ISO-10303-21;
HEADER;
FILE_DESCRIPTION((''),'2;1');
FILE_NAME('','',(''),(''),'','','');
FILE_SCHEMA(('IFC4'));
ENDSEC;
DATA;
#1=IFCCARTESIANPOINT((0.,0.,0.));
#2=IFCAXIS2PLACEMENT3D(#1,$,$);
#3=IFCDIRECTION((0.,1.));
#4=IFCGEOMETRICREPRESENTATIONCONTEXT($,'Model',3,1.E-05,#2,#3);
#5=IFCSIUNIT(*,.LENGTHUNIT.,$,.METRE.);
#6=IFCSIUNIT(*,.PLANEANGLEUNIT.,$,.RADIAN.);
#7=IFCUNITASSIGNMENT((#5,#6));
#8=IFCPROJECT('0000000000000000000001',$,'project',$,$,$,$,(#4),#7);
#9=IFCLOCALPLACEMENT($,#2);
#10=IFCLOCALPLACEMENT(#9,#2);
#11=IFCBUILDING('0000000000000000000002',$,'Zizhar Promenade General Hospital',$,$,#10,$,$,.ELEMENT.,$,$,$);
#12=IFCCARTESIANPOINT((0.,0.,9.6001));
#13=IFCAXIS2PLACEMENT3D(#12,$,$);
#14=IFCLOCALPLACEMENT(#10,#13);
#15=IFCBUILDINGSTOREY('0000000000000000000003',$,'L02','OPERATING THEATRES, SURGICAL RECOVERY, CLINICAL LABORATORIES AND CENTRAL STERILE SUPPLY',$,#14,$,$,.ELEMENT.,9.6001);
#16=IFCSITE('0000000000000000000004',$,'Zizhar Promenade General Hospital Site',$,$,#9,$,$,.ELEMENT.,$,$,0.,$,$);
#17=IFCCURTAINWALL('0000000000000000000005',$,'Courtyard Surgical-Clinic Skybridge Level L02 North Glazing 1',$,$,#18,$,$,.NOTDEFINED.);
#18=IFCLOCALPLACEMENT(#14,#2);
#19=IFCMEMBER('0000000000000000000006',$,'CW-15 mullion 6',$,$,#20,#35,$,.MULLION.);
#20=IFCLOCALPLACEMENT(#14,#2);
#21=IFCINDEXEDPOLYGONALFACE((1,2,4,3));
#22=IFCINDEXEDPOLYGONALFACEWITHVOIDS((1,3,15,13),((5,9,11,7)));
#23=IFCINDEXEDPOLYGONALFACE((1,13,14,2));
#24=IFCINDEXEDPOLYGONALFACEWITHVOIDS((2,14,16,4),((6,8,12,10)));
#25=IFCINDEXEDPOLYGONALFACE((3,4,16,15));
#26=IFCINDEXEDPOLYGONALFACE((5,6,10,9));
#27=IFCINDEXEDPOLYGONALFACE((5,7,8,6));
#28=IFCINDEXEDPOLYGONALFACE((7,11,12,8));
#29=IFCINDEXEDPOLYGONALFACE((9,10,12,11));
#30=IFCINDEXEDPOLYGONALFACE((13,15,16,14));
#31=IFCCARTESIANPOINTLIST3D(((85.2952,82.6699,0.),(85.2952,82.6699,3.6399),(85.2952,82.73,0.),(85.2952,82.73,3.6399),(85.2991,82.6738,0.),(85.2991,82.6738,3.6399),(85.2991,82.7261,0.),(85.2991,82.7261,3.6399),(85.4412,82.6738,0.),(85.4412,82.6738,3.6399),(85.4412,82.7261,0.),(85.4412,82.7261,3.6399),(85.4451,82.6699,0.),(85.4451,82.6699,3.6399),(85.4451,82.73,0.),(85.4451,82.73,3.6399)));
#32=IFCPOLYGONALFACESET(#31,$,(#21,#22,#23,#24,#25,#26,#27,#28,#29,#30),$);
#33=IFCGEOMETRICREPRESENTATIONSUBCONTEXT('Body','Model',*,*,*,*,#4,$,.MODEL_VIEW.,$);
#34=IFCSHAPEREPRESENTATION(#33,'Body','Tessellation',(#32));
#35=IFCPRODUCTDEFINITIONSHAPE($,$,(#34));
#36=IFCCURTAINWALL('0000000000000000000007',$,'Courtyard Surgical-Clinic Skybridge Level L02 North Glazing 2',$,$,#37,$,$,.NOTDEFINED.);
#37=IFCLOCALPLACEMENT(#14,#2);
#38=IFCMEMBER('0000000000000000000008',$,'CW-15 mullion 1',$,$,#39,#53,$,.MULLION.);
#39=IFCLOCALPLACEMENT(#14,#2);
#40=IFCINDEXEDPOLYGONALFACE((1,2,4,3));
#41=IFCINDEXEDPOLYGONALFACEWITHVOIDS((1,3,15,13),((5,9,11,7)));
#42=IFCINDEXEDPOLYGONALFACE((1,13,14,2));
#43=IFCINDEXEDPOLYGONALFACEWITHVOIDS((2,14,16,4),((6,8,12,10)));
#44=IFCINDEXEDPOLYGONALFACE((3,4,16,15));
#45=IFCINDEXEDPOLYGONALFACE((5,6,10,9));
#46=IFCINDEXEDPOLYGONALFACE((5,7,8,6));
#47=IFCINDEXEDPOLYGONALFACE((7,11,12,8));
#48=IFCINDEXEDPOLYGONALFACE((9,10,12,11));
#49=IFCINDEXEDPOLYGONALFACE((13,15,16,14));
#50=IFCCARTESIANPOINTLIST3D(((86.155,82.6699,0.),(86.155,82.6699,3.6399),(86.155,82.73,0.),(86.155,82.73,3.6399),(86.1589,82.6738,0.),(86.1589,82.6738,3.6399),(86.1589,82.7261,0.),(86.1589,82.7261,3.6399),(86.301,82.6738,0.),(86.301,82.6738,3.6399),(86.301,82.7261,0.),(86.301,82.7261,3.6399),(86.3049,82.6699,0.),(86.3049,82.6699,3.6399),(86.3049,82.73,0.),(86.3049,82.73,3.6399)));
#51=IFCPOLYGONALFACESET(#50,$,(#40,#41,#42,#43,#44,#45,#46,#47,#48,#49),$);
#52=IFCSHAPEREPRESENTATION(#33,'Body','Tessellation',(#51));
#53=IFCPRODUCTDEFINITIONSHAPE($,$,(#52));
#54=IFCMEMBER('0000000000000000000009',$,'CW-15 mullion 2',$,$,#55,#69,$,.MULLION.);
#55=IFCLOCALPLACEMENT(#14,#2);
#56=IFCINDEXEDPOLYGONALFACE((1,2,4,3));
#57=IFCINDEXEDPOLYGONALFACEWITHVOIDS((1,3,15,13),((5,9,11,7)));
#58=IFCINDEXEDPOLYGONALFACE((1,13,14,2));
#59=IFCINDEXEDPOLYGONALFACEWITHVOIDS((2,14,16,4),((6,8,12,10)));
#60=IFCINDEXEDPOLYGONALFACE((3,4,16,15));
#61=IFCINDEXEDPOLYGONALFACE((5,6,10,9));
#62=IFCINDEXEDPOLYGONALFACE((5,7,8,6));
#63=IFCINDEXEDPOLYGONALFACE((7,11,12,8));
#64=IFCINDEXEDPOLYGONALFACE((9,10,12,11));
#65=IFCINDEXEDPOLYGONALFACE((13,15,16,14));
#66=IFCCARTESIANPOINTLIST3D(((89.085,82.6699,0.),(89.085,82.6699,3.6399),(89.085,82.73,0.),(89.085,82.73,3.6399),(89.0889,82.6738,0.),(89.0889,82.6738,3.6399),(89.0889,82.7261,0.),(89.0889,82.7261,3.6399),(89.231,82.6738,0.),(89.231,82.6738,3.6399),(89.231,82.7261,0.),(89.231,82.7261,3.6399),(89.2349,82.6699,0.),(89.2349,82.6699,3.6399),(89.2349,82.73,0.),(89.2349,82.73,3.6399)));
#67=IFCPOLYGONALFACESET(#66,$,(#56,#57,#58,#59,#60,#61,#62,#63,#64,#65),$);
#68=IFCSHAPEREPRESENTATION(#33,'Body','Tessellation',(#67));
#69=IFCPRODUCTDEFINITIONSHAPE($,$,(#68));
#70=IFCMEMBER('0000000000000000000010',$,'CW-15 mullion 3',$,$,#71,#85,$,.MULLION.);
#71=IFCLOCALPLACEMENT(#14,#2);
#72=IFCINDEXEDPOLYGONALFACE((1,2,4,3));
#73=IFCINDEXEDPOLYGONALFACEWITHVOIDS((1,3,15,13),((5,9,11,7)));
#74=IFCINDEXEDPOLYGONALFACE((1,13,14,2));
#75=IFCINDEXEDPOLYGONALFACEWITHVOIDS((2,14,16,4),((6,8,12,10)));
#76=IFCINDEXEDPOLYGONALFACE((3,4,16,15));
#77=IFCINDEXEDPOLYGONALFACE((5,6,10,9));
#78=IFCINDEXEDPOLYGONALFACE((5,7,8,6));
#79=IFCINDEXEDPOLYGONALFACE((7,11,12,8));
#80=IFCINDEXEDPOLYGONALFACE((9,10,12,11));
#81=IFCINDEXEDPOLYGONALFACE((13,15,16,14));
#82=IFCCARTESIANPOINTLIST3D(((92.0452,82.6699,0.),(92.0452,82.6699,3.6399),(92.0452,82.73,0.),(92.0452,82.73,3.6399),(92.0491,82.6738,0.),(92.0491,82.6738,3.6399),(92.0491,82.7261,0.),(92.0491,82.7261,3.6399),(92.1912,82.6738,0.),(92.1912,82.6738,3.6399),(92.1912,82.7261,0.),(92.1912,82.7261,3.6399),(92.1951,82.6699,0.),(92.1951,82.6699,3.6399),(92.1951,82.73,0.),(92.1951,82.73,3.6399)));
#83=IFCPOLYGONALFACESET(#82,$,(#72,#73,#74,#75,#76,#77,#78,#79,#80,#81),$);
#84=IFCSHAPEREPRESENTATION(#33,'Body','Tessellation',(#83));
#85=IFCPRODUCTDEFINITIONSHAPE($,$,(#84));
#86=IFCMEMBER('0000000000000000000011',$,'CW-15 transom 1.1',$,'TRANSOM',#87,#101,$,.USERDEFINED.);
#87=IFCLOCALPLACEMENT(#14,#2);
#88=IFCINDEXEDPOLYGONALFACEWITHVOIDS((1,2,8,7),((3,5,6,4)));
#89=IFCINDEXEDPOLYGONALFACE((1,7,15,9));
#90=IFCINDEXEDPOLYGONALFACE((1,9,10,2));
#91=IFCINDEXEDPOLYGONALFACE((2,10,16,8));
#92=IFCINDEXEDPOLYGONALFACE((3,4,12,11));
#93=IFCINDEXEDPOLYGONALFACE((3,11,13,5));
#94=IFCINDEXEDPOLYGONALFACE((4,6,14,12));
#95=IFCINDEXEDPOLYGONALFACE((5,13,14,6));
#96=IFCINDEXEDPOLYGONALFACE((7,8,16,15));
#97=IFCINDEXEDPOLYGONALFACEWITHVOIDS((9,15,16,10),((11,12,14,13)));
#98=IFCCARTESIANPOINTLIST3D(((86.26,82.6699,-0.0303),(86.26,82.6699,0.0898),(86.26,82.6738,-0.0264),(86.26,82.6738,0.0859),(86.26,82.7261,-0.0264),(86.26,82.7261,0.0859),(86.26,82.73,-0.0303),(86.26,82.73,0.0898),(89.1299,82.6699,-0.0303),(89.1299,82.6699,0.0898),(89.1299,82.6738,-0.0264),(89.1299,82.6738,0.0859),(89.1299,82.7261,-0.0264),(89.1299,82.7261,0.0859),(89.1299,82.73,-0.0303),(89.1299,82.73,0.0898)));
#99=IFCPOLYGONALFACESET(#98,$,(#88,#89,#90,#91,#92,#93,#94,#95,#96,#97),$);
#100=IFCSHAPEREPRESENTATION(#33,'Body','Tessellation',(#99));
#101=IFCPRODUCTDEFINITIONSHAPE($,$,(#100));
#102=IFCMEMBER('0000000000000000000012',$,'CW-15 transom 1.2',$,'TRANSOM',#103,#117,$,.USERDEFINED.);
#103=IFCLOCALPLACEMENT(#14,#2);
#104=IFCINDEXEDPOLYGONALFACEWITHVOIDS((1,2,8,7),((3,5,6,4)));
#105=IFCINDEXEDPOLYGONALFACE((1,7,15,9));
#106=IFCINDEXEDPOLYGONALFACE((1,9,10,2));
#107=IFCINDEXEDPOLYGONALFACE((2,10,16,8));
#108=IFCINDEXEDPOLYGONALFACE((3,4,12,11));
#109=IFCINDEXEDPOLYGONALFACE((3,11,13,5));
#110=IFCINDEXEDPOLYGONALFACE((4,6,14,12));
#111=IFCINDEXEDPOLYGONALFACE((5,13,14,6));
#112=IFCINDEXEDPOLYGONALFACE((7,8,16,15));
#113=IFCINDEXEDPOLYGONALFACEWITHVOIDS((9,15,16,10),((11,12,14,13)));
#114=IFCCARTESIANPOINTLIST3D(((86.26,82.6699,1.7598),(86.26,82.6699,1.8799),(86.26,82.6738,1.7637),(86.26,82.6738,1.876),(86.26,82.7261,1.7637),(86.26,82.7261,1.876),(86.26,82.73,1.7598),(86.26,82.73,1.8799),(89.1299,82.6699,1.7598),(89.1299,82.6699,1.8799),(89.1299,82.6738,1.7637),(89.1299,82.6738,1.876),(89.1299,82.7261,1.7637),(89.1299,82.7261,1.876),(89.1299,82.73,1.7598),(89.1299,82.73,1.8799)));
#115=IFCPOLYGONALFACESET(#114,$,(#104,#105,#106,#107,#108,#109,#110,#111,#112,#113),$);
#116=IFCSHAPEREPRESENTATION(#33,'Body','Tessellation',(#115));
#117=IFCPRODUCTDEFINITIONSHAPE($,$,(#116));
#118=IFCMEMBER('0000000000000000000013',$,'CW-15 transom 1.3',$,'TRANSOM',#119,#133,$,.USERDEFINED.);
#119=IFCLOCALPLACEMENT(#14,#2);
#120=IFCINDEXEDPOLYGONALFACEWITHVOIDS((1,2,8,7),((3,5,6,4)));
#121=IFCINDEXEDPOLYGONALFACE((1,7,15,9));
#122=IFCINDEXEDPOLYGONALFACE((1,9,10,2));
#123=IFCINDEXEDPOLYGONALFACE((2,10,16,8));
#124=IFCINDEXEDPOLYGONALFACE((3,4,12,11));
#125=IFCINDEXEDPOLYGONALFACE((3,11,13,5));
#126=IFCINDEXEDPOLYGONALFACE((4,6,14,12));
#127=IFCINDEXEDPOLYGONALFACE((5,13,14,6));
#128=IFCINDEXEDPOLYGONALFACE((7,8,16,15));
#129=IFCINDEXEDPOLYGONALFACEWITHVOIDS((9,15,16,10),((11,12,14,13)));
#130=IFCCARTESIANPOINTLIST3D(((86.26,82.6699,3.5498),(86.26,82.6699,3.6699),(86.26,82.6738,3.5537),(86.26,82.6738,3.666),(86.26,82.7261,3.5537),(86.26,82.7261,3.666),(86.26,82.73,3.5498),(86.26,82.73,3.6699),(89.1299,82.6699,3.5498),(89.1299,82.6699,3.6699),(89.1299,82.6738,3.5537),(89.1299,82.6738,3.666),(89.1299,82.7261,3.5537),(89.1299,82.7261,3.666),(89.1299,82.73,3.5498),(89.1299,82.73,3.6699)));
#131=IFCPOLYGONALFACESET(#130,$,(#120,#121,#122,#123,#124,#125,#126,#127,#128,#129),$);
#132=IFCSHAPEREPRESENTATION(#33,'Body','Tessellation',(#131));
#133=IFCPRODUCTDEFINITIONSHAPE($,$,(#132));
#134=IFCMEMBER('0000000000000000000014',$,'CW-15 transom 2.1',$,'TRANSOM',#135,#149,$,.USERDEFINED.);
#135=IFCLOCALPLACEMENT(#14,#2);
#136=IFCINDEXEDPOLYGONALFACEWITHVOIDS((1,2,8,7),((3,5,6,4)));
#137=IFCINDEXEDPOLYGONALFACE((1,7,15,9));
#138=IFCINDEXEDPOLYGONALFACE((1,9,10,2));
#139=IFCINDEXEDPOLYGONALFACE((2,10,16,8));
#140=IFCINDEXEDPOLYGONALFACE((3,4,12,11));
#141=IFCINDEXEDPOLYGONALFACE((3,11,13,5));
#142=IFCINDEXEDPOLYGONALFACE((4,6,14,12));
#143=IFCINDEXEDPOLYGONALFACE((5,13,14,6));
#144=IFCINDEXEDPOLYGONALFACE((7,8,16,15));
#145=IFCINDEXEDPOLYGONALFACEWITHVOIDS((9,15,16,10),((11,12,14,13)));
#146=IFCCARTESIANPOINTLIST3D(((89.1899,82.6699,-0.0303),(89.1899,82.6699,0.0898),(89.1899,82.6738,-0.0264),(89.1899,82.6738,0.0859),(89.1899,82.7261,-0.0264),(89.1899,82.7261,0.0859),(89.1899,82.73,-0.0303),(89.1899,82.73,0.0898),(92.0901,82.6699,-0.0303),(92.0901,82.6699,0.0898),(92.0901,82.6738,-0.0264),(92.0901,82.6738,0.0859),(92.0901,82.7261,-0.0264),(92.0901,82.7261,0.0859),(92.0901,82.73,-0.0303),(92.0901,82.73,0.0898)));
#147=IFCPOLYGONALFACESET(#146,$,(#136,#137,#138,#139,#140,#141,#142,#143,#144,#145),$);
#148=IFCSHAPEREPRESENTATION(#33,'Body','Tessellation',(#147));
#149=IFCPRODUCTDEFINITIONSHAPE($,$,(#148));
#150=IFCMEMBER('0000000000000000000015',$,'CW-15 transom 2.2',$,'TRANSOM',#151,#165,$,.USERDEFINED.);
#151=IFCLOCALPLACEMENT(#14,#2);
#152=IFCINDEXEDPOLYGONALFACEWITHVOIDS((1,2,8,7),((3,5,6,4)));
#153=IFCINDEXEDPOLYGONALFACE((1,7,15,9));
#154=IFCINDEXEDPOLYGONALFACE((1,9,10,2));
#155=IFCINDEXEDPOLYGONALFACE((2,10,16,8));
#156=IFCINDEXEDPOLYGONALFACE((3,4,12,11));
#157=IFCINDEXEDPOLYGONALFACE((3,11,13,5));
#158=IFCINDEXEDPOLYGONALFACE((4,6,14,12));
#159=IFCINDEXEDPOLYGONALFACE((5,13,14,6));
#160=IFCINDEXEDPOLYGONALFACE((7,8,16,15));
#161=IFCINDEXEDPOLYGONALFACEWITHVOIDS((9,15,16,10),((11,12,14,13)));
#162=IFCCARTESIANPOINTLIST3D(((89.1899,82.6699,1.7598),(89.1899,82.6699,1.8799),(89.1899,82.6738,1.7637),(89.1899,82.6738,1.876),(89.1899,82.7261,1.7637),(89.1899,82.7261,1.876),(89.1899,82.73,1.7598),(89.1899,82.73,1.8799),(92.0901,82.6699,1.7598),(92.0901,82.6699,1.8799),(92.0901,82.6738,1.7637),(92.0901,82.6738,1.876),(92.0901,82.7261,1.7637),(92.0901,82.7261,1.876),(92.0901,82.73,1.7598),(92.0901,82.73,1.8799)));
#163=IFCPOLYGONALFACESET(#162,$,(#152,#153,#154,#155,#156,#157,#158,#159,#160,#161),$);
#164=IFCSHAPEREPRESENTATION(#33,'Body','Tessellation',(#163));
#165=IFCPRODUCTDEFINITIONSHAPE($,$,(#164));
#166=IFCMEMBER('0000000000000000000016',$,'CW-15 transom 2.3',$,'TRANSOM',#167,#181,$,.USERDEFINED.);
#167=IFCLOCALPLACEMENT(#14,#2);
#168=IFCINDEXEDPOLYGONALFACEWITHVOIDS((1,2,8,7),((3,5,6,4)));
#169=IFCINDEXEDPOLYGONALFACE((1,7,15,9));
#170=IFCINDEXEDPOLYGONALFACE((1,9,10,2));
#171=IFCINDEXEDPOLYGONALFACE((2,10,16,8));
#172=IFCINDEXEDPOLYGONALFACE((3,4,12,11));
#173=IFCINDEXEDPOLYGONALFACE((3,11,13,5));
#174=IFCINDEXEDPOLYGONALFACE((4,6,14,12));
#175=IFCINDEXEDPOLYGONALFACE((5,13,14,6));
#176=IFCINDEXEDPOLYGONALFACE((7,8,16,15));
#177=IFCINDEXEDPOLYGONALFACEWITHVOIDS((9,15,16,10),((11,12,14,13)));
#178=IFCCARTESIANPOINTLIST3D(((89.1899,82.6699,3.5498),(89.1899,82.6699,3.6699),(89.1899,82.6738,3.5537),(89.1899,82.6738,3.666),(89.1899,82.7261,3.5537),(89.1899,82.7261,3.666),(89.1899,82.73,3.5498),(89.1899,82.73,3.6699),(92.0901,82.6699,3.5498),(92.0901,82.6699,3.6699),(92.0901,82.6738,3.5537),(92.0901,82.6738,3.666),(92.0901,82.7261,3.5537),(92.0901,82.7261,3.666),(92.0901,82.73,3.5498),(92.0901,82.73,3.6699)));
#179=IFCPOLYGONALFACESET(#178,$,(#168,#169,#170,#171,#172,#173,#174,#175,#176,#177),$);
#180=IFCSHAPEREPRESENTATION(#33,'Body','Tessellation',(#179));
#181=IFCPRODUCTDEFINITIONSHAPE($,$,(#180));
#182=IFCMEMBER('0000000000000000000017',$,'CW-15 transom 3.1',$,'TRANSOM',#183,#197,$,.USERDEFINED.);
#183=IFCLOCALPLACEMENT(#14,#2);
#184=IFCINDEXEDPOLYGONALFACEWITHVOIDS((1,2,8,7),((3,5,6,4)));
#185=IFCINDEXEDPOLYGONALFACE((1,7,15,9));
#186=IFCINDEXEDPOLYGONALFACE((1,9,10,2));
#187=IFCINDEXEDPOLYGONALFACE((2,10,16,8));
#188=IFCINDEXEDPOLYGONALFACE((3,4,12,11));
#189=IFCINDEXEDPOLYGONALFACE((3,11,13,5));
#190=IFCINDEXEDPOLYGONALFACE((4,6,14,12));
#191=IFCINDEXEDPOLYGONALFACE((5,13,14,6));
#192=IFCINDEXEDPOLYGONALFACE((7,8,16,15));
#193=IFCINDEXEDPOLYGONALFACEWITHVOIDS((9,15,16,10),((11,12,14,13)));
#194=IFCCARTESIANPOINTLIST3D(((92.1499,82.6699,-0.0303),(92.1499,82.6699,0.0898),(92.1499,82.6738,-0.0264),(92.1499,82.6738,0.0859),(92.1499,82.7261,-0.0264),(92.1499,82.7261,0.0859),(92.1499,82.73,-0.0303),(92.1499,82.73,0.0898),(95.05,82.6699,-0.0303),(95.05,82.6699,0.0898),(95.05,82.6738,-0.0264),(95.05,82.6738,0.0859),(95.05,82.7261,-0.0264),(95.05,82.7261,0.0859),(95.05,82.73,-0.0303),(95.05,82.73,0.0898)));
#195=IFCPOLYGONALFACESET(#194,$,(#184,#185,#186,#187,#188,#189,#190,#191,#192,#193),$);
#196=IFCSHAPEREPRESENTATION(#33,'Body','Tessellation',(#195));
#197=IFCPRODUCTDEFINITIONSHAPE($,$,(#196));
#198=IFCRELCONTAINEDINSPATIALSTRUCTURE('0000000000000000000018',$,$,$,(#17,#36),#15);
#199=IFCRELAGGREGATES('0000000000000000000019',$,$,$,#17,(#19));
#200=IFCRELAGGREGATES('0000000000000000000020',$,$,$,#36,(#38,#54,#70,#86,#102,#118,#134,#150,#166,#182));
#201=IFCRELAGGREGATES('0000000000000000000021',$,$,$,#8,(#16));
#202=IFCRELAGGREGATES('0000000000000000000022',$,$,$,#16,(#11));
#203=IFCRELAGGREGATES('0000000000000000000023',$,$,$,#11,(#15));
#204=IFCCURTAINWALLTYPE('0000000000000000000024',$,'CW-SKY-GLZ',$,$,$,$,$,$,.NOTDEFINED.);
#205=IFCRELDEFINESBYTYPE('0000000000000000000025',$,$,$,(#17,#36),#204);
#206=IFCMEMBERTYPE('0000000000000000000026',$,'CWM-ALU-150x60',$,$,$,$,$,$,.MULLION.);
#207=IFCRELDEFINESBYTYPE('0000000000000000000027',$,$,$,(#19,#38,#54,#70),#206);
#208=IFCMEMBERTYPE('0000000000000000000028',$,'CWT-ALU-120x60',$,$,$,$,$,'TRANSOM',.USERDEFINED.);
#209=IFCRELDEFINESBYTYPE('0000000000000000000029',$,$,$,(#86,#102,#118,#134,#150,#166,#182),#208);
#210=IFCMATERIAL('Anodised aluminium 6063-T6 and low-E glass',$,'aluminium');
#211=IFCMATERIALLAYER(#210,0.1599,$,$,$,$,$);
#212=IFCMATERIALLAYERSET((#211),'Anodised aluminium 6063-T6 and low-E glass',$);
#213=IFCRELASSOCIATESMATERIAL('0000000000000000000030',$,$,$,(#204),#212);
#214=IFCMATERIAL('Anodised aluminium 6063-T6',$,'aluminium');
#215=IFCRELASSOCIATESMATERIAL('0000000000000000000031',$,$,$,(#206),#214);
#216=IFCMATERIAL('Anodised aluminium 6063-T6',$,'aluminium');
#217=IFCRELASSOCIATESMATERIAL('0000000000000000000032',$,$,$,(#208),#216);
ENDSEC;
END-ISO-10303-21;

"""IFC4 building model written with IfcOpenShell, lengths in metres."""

from ifc_helpers import new_model, si_unit, direction, frame, origin, origin_2d, place, context, subcontext, project, spatial, hollow_rectangle, extrude, material, layer, layer_set, material_profile, profile_set, type_object, element, aggregate, save


model = new_model("IFC4")

# Units and contexts
model_context = context("Model", 3, precision=1e-05, world=origin(), true_north=direction((0.0, 1.0)))
body_context = subcontext(model_context, "Body", "Model", "MODEL_VIEW")
ifc_project = project(units=[si_unit("LENGTHUNIT", "METRE"), si_unit("PLANEANGLEUNIT", "RADIAN")], contexts=[model_context])

# Site, building, storey
site_placement = place(None, origin())
site = spatial("IfcSite", under=ifc_project, at=site_placement, Name="Zizhar Promenade General Hospital Site", CompositionType="ELEMENT", RefElevation=0.0)
building_placement = place(site_placement, origin())
building = spatial("IfcBuilding", under=site, at=building_placement, Name="Zizhar Promenade General Hospital", CompositionType="ELEMENT")
storey_placement = place(building_placement, frame((0.0, 0.0, 9.6001)))
storey = spatial("IfcBuildingStorey", under=building, at=storey_placement, Name="L02", Description="OPERATING THEATRES, SURGICAL RECOVERY, CLINICAL LABORATORIES AND CENTRAL STERILE SUPPLY", CompositionType="ELEMENT", Elevation=9.6001)

# Curtain wall, member
ifc_material_1 = material(Name="Anodised aluminium 6063-T6 and low-E glass", Category="aluminium")
ifc_layer_1 = layer(ifc_material_1, 0.1599)
ifc_layer_set_1 = layer_set([ifc_layer_1], Name="Anodised aluminium 6063-T6 and low-E glass")
curtain_wall_type = type_object("IfcCurtainWallType", Name="CW-SKY-GLZ", PredefinedType="NOTDEFINED", material=ifc_layer_set_1)
curtain_wall_1_placement = place(storey_placement, origin())
curtain_wall_1 = element("IfcCurtainWall", 1, at=curtain_wall_1_placement, inside=storey, type_object=curtain_wall_type, Name="Courtyard Surgical-Clinic Skybridge Level L02 North Glazing 1", PredefinedType="NOTDEFINED")
ifc_material_2 = material(Name="Anodised aluminium 6063-T6", Category="aluminium")
ifc_material_profile_1 = material_profile(ifc_material_2, hollow_rectangle(XDim=0.0601, YDim=0.1499, WallThickness=0.0039, at=origin_2d()))
ifc_profile_set_1 = profile_set([ifc_material_profile_1], Name="Anodised aluminium 6063-T6")
member_type_1 = type_object("IfcMemberType", Name="CWM-ALU-150x60", PredefinedType="MULLION", material=ifc_profile_set_1)
member_1_placement = place(storey_placement, frame((85.3701, 82.7, 0.0), z_axis=(0.0, 0.0, 1.0), x_axis=(0.0, 1.0, 0.0)))
member_1 = element("IfcMember", 2, at=member_1_placement, type_object=member_type_1, Name="CW-15 mullion 6", PredefinedType="MULLION", context=body_context, shape_type="SweptSolid", body=[
    extrude(hollow_rectangle(XDim=0.0601, YDim=0.1499, WallThickness=0.0039, at=origin_2d()), origin(), (0.0, 0.0, 1.0), 3.6399),
])
aggregate(curtain_wall_1, [member_1])

# Curtain wall, members
curtain_wall_2_placement = place(storey_placement, origin())
curtain_wall_2 = element("IfcCurtainWall", 3, at=curtain_wall_2_placement, inside=storey, type_object=curtain_wall_type, Name="Courtyard Surgical-Clinic Skybridge Level L02 North Glazing 2", PredefinedType="NOTDEFINED")
member_2_placement = place(storey_placement, frame((86.23, 82.7, 0.0), z_axis=(0.0, 0.0, 1.0), x_axis=(0.0, 1.0, 0.0)))
member_2 = element("IfcMember", 4, at=member_2_placement, type_object=member_type_1, Name="CW-15 mullion 1", PredefinedType="MULLION", context=body_context, shape_type="SweptSolid", body=[
    extrude(hollow_rectangle(XDim=0.0601, YDim=0.1499, WallThickness=0.0039, at=origin_2d()), origin(), (0.0, 0.0, 1.0), 3.6399),
])
member_3_placement = place(storey_placement, frame((89.1599, 82.7, 0.0), z_axis=(0.0, 0.0, 1.0), x_axis=(0.0, 1.0, 0.0)))
member_3 = element("IfcMember", 5, at=member_3_placement, type_object=member_type_1, Name="CW-15 mullion 2", PredefinedType="MULLION", context=body_context, shape_type="SweptSolid", body=[
    extrude(hollow_rectangle(XDim=0.0601, YDim=0.1499, WallThickness=0.0039, at=origin_2d()), origin(), (0.0, 0.0, 1.0), 3.6399),
])
member_4_placement = place(storey_placement, frame((92.1201, 82.7, 0.0), z_axis=(0.0, 0.0, 1.0), x_axis=(0.0, 1.0, 0.0)))
member_4 = element("IfcMember", 6, at=member_4_placement, type_object=member_type_1, Name="CW-15 mullion 3", PredefinedType="MULLION", context=body_context, shape_type="SweptSolid", body=[
    extrude(hollow_rectangle(XDim=0.0601, YDim=0.1499, WallThickness=0.0039, at=origin_2d()), origin(), (0.0, 0.0, 1.0), 3.6399),
])
ifc_material_3 = material(Name="Anodised aluminium 6063-T6", Category="aluminium")
ifc_material_profile_2 = material_profile(ifc_material_3, hollow_rectangle(XDim=0.0601, YDim=0.1201, WallThickness=0.0039, at=origin_2d()))
ifc_profile_set_2 = profile_set([ifc_material_profile_2], Name="Anodised aluminium 6063-T6")
member_type_2 = type_object("IfcMemberType", Name="CWT-ALU-120x60", ElementType="TRANSOM", PredefinedType="USERDEFINED", material=ifc_profile_set_2)
member_5_placement = place(storey_placement, frame((86.26, 82.7, 0.0298), z_axis=(1.0, 0.0, 0.0), x_axis=(0.0, 1.0, 0.0)))
member_5 = element("IfcMember", 7, at=member_5_placement, type_object=member_type_2, Name="CW-15 transom 1.1", ObjectType="TRANSOM", PredefinedType="USERDEFINED", context=body_context, shape_type="SweptSolid", body=[
    extrude(hollow_rectangle(XDim=0.0601, YDim=0.1201, WallThickness=0.0039, at=origin_2d()), origin(), (0.0, 0.0, 1.0), 2.8699),
])
member_6_placement = place(storey_placement, frame((86.26, 82.7, 1.8198), z_axis=(1.0, 0.0, 0.0), x_axis=(0.0, 1.0, 0.0)))
member_6 = element("IfcMember", 8, at=member_6_placement, type_object=member_type_2, Name="CW-15 transom 1.2", ObjectType="TRANSOM", PredefinedType="USERDEFINED", context=body_context, shape_type="SweptSolid", body=[
    extrude(hollow_rectangle(XDim=0.0601, YDim=0.1201, WallThickness=0.0039, at=origin_2d()), origin(), (0.0, 0.0, 1.0), 2.8699),
])
member_7_placement = place(storey_placement, frame((86.26, 82.7, 3.6099), z_axis=(1.0, 0.0, 0.0), x_axis=(0.0, 1.0, 0.0)))
member_7 = element("IfcMember", 9, at=member_7_placement, type_object=member_type_2, Name="CW-15 transom 1.3", ObjectType="TRANSOM", PredefinedType="USERDEFINED", context=body_context, shape_type="SweptSolid", body=[
    extrude(hollow_rectangle(XDim=0.0601, YDim=0.1201, WallThickness=0.0039, at=origin_2d()), origin(), (0.0, 0.0, 1.0), 2.8699),
])
member_8_placement = place(storey_placement, frame((89.1899, 82.7, 0.0298), z_axis=(1.0, 0.0, 0.0), x_axis=(0.0, 1.0, 0.0)))
member_8 = element("IfcMember", 10, at=member_8_placement, type_object=member_type_2, Name="CW-15 transom 2.1", ObjectType="TRANSOM", PredefinedType="USERDEFINED", context=body_context, shape_type="SweptSolid", body=[
    extrude(hollow_rectangle(XDim=0.0601, YDim=0.1201, WallThickness=0.0039, at=origin_2d()), origin(), (0.0, 0.0, 1.0), 2.9001),
])
member_9_placement = place(storey_placement, frame((89.1899, 82.7, 1.8198), z_axis=(1.0, 0.0, 0.0), x_axis=(0.0, 1.0, 0.0)))
member_9 = element("IfcMember", 11, at=member_9_placement, type_object=member_type_2, Name="CW-15 transom 2.2", ObjectType="TRANSOM", PredefinedType="USERDEFINED", context=body_context, shape_type="SweptSolid", body=[
    extrude(hollow_rectangle(XDim=0.0601, YDim=0.1201, WallThickness=0.0039, at=origin_2d()), origin(), (0.0, 0.0, 1.0), 2.9001),
])
member_10_placement = place(storey_placement, frame((89.1899, 82.7, 3.6099), z_axis=(1.0, 0.0, 0.0), x_axis=(0.0, 1.0, 0.0)))
member_10 = element("IfcMember", 12, at=member_10_placement, type_object=member_type_2, Name="CW-15 transom 2.3", ObjectType="TRANSOM", PredefinedType="USERDEFINED", context=body_context, shape_type="SweptSolid", body=[
    extrude(hollow_rectangle(XDim=0.0601, YDim=0.1201, WallThickness=0.0039, at=origin_2d()), origin(), (0.0, 0.0, 1.0), 2.9001),
])
member_11_placement = place(storey_placement, frame((92.1499, 82.7, 0.0298), z_axis=(1.0, 0.0, 0.0), x_axis=(0.0, 1.0, 0.0)))
member_11 = element("IfcMember", 13, at=member_11_placement, type_object=member_type_2, Name="CW-15 transom 3.1", ObjectType="TRANSOM", PredefinedType="USERDEFINED", context=body_context, shape_type="SweptSolid", body=[
    extrude(hollow_rectangle(XDim=0.0601, YDim=0.1201, WallThickness=0.0039, at=origin_2d()), origin(), (0.0, 0.0, 1.0), 2.9001),
])

aggregate(curtain_wall_2, [member_2, member_3, member_4, member_5, member_6, member_7, member_8, member_9, member_10, member_11])

save(model, "model.ifc")
